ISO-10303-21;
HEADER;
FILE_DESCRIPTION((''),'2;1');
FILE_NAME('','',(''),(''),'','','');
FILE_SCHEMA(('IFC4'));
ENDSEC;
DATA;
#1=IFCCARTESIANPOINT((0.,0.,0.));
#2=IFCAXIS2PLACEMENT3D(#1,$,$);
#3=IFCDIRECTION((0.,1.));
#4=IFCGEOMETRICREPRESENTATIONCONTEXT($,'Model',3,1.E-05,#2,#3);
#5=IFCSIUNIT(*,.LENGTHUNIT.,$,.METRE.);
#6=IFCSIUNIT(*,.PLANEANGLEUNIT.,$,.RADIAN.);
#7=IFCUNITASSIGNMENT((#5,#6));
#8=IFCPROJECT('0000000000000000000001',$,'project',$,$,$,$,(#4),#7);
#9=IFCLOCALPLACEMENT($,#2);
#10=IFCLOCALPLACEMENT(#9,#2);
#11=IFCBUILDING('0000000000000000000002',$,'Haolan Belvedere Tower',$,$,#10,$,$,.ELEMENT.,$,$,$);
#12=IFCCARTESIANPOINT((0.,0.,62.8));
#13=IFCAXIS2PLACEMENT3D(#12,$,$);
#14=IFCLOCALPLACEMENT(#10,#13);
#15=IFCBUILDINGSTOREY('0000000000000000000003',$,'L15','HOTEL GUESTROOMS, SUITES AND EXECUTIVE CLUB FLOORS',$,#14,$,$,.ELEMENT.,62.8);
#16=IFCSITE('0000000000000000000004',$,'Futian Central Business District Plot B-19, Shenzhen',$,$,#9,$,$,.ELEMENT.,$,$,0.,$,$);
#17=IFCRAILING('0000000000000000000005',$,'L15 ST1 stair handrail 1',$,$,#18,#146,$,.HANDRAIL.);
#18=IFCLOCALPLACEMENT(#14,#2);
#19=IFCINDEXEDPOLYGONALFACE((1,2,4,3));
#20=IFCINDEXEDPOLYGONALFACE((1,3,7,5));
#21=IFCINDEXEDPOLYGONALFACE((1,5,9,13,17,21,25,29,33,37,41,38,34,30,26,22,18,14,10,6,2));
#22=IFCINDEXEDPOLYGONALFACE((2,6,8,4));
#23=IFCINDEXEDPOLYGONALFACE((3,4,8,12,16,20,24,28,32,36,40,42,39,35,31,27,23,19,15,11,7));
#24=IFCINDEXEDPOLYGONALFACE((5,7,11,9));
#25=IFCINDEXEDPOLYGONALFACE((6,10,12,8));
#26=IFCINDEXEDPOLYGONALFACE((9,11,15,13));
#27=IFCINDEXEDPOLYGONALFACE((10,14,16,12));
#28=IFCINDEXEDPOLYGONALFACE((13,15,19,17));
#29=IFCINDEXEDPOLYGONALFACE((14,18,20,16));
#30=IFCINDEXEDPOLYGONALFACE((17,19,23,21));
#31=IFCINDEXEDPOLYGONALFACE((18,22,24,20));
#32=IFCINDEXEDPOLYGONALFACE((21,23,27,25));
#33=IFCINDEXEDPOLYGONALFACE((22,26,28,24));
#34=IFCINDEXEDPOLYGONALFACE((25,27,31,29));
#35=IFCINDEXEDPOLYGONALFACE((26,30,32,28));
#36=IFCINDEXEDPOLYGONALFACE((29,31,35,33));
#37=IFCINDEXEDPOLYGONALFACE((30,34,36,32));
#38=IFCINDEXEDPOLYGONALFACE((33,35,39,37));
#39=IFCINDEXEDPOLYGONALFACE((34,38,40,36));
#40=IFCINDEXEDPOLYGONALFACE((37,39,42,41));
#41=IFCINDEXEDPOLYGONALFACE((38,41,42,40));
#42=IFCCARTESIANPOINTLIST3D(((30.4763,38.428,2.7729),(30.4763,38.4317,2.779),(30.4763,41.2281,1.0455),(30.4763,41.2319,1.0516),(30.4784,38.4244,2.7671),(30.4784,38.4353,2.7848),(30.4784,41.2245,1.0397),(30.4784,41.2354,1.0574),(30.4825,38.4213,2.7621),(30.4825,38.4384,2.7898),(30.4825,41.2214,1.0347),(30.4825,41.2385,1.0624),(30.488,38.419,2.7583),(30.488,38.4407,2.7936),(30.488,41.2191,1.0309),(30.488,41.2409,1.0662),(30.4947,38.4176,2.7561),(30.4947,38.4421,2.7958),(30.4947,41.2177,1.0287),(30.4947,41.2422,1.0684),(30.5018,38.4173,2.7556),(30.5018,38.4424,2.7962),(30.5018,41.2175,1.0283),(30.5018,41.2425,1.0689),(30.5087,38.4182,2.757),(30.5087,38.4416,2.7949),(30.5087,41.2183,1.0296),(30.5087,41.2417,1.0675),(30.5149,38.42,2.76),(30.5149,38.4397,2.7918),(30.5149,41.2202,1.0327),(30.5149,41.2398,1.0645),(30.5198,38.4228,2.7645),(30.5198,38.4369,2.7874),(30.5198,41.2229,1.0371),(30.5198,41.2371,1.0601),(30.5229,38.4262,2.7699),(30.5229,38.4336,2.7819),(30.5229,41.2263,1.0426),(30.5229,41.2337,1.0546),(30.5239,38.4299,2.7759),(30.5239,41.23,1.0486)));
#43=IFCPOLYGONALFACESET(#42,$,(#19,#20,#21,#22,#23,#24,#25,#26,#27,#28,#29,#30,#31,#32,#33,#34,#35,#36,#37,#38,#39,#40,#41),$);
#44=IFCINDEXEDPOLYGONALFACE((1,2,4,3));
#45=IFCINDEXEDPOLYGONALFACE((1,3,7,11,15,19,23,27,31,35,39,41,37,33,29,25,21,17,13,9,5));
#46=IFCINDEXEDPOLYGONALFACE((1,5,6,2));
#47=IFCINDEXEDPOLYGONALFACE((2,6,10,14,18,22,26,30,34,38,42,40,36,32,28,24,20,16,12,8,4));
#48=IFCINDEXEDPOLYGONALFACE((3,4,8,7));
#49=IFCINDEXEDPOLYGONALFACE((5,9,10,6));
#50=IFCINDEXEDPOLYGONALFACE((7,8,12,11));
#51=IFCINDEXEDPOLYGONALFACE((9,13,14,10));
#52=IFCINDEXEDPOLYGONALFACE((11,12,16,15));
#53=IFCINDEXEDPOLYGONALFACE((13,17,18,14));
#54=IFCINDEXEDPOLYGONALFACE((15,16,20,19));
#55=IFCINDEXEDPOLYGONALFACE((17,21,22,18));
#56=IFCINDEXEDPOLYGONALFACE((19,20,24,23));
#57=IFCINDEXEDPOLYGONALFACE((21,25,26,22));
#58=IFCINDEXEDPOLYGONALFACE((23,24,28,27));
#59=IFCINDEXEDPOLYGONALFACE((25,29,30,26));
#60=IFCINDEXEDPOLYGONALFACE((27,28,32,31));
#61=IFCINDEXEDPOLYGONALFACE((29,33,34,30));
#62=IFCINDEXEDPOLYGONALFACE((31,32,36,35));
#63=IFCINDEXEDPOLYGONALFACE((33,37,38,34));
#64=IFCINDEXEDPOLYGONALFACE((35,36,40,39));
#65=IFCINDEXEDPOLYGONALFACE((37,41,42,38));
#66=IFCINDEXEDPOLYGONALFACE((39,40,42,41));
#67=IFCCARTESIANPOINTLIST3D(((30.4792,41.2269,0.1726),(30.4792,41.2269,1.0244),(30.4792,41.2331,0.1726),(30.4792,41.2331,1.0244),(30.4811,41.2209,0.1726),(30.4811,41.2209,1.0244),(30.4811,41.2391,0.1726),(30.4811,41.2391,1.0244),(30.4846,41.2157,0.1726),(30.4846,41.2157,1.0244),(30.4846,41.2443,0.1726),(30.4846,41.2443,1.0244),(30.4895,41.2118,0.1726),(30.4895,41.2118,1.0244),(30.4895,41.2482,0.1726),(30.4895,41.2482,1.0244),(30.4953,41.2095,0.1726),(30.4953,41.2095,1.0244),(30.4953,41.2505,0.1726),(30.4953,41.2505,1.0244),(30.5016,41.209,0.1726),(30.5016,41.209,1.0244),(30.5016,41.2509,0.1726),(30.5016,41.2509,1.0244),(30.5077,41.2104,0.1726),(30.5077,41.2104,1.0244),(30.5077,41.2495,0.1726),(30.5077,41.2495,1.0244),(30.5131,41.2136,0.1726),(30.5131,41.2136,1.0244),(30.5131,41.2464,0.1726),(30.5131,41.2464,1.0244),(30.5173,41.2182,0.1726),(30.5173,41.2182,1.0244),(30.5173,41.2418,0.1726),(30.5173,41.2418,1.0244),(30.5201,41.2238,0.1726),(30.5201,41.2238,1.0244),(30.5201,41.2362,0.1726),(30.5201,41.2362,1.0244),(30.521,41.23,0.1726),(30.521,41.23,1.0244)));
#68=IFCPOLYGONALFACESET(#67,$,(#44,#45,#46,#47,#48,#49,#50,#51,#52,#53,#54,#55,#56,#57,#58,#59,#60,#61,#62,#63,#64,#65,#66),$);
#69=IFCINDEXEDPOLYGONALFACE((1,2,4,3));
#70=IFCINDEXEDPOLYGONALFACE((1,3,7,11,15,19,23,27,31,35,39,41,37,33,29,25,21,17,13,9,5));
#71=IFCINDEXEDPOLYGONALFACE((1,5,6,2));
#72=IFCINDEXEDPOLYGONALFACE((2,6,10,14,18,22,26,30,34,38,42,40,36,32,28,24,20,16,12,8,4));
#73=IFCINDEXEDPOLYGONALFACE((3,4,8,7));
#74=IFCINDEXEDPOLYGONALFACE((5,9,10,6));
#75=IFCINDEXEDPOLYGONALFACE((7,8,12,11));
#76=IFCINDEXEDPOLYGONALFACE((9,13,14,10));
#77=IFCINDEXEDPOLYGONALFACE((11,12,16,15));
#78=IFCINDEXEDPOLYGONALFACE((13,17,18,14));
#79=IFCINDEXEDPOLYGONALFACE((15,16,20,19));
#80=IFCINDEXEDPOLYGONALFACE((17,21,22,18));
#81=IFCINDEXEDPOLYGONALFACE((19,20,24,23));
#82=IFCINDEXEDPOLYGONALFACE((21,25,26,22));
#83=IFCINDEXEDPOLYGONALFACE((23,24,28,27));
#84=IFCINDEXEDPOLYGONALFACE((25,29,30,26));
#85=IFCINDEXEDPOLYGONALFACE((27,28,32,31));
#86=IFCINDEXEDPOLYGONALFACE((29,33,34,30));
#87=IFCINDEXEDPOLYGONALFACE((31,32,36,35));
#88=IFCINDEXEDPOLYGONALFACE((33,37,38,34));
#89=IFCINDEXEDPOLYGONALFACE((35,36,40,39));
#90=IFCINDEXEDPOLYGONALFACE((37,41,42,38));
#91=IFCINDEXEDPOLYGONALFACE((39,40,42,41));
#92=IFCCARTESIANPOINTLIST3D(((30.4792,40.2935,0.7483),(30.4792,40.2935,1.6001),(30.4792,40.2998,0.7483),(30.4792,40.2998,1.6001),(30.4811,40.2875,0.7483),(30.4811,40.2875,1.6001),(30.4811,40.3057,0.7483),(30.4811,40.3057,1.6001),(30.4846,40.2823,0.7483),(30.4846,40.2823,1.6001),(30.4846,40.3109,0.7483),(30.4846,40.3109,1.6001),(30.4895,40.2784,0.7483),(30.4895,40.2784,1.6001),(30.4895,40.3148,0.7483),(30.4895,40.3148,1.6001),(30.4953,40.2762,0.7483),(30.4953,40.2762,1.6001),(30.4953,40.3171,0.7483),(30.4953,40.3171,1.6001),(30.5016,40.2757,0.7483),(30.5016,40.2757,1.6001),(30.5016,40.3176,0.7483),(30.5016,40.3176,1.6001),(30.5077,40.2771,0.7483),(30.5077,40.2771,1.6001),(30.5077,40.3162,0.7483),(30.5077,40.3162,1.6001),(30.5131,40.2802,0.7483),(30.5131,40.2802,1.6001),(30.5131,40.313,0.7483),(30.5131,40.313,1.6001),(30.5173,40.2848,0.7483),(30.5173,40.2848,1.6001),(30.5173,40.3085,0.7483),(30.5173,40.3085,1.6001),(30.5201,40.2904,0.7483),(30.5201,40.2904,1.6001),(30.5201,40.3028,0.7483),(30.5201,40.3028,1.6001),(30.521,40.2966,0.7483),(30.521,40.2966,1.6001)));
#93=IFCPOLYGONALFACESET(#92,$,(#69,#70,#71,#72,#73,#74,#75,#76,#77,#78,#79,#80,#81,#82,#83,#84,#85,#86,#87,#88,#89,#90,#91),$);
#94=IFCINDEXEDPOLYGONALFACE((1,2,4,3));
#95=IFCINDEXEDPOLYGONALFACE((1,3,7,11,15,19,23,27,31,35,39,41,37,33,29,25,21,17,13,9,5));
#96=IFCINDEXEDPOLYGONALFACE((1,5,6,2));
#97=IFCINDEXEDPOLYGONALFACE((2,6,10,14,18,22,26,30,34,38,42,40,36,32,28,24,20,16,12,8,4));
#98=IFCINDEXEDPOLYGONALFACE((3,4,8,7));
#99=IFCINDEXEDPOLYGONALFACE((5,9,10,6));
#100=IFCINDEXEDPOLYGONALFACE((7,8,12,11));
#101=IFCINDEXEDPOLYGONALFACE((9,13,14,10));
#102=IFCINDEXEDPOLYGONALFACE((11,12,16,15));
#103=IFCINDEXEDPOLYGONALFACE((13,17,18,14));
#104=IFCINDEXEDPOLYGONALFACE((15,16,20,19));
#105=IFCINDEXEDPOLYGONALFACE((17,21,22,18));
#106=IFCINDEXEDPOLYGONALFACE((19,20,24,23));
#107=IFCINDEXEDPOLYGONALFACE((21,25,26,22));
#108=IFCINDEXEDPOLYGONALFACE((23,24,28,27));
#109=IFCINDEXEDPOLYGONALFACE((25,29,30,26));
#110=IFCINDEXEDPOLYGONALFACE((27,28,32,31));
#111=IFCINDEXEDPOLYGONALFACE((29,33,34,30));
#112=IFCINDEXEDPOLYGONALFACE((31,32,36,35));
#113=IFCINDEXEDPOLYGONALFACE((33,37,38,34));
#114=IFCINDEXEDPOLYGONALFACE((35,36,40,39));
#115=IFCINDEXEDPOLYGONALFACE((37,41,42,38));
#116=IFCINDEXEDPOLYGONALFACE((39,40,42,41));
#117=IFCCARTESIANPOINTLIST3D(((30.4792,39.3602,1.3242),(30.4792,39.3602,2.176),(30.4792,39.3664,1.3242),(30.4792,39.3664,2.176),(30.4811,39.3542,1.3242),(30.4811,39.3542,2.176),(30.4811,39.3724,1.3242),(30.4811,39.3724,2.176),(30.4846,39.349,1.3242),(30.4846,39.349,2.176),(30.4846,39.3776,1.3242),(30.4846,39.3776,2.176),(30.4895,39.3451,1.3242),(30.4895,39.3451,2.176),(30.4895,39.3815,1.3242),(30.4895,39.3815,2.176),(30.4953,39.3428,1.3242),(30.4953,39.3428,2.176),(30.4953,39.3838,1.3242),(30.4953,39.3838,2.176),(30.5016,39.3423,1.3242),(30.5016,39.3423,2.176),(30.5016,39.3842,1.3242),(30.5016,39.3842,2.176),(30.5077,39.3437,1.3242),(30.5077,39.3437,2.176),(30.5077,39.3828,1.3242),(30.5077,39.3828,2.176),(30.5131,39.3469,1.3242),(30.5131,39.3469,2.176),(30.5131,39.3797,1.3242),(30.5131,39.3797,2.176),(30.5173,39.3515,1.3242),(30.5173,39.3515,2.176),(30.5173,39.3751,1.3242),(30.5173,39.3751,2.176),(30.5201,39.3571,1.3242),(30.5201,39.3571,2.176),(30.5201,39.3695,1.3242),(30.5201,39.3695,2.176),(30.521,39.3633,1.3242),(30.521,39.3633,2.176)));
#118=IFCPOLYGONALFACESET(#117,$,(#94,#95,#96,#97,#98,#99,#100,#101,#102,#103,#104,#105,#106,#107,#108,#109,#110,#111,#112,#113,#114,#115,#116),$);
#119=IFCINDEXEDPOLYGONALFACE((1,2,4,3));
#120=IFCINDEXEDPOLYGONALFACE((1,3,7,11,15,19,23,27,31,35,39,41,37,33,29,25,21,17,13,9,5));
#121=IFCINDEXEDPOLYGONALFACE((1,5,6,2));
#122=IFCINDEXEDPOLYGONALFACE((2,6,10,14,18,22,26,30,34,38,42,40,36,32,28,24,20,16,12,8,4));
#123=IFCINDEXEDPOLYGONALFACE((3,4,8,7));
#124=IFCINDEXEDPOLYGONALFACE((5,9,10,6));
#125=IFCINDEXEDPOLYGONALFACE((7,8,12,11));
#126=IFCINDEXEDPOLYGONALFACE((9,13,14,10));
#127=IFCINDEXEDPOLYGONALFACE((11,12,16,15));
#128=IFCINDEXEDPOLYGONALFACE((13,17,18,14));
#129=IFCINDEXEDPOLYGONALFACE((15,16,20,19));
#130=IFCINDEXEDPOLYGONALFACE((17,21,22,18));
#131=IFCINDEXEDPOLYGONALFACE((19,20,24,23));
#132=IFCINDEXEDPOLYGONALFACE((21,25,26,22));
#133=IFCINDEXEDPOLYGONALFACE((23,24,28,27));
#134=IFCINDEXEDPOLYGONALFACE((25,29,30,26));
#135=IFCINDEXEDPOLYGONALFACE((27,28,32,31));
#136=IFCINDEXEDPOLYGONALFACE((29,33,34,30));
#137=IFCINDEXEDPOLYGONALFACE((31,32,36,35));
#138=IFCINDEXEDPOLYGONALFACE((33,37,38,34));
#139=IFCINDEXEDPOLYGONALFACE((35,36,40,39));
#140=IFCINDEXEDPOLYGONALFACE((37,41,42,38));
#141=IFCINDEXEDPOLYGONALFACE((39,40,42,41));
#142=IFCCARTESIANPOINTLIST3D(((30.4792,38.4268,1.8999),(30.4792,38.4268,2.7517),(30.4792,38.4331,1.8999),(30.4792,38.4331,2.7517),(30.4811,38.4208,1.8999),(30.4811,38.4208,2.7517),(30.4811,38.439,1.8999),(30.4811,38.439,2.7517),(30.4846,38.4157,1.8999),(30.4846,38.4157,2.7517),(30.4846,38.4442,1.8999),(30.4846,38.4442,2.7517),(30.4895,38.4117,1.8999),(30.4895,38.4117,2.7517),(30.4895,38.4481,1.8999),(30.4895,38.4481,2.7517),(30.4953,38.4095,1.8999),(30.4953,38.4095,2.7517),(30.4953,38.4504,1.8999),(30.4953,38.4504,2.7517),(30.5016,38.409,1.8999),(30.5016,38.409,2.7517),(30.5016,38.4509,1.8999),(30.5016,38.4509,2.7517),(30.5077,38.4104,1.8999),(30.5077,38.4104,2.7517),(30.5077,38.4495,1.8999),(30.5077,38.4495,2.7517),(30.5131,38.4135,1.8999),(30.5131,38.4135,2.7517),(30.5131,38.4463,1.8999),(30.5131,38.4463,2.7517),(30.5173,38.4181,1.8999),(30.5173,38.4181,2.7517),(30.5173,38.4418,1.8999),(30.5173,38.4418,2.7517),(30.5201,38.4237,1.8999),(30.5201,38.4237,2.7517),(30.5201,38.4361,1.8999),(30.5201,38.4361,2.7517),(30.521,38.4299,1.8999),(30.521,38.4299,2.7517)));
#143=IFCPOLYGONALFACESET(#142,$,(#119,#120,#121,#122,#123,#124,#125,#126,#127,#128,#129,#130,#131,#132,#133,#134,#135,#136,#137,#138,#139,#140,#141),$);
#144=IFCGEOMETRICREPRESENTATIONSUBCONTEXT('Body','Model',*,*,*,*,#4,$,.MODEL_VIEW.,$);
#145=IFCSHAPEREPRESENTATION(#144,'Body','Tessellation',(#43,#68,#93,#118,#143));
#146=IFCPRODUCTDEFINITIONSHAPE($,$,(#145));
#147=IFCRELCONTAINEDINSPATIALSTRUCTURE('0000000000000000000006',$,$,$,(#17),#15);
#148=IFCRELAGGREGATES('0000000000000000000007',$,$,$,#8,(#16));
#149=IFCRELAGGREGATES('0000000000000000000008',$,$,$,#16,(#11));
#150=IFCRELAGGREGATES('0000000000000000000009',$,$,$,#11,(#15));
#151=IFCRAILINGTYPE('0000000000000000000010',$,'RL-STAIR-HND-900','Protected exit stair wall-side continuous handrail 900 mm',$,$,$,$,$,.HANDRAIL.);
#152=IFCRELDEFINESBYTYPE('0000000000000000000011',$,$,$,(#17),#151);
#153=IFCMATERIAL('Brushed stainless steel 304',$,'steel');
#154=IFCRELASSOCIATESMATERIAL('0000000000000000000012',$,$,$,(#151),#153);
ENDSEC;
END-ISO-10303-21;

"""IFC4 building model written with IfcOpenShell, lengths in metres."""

from ifc_helpers import new_model, si_unit, direction, frame, origin, origin_2d, place, context, subcontext, project, spatial, circle, extrude, material, type_object, element, save


model = new_model("IFC4")

# Units and contexts
model_context = context("Model", 3, precision=1e-05, world=origin(), true_north=direction((0.0, 1.0)))
body_context = subcontext(model_context, "Body", "Model", "MODEL_VIEW")
ifc_project = project(units=[si_unit("LENGTHUNIT", "METRE"), si_unit("PLANEANGLEUNIT", "RADIAN")], contexts=[model_context])

# Site, building, storey
site_placement = place(None, origin())
site = spatial("IfcSite", under=ifc_project, at=site_placement, Name="Futian Central Business District Plot B-19, Shenzhen", CompositionType="ELEMENT", RefElevation=0.0)
building_placement = place(site_placement, origin())
building = spatial("IfcBuilding", under=site, at=building_placement, Name="Haolan Belvedere Tower", CompositionType="ELEMENT")
storey_placement = place(building_placement, frame((0.0, 0.0, 62.8)))
storey = spatial("IfcBuildingStorey", under=building, at=storey_placement, Name="L15", Description="HOTEL GUESTROOMS, SUITES AND EXECUTIVE CLUB FLOORS", CompositionType="ELEMENT", Elevation=62.8)

# Railing
ifc_material_1 = material(Name="Brushed stainless steel 304", Category="steel")
railing_type_1 = type_object("IfcRailingType", Name="RL-STAIR-HND-900", Description="Protected exit stair wall-side continuous handrail 900 mm", PredefinedType="HANDRAIL", material=ifc_material_1)
railing_1_placement = place(storey_placement, frame((30.5, 41.23, 0.1726)))
element("IfcRailing", 1, at=railing_1_placement, inside=storey, type_object=railing_type_1, Name="L15 ST1 stair handrail 1", PredefinedType="HANDRAIL", context=body_context, shape_type="SweptSolid", body=[
    extrude(circle(Radius=0.0239, at=origin_2d()), frame((0.0, 0.0, 0.876), z_axis=(0.0, -0.85109, 0.52502), x_axis=(1.0, 0.0, 0.0)), (0.0, 0.0, 1.0), 3.29),
    extrude(circle(Radius=0.021, at=origin_2d()), origin(), (0.0, 0.0, 1.0), 0.8518),
    extrude(circle(Radius=0.021, at=origin_2d()), frame((0.0, -0.9333, 0.5757)), (0.0, 0.0, 1.0), 0.8518),
    extrude(circle(Radius=0.021, at=origin_2d()), frame((0.0, -1.8667, 1.1516)), (0.0, 0.0, 1.0), 0.8518),
    extrude(circle(Radius=0.021, at=origin_2d()), frame((0.0, -2.8, 1.7273)), (0.0, 0.0, 1.0), 0.8518),
])

save(model, "model.ifc")
